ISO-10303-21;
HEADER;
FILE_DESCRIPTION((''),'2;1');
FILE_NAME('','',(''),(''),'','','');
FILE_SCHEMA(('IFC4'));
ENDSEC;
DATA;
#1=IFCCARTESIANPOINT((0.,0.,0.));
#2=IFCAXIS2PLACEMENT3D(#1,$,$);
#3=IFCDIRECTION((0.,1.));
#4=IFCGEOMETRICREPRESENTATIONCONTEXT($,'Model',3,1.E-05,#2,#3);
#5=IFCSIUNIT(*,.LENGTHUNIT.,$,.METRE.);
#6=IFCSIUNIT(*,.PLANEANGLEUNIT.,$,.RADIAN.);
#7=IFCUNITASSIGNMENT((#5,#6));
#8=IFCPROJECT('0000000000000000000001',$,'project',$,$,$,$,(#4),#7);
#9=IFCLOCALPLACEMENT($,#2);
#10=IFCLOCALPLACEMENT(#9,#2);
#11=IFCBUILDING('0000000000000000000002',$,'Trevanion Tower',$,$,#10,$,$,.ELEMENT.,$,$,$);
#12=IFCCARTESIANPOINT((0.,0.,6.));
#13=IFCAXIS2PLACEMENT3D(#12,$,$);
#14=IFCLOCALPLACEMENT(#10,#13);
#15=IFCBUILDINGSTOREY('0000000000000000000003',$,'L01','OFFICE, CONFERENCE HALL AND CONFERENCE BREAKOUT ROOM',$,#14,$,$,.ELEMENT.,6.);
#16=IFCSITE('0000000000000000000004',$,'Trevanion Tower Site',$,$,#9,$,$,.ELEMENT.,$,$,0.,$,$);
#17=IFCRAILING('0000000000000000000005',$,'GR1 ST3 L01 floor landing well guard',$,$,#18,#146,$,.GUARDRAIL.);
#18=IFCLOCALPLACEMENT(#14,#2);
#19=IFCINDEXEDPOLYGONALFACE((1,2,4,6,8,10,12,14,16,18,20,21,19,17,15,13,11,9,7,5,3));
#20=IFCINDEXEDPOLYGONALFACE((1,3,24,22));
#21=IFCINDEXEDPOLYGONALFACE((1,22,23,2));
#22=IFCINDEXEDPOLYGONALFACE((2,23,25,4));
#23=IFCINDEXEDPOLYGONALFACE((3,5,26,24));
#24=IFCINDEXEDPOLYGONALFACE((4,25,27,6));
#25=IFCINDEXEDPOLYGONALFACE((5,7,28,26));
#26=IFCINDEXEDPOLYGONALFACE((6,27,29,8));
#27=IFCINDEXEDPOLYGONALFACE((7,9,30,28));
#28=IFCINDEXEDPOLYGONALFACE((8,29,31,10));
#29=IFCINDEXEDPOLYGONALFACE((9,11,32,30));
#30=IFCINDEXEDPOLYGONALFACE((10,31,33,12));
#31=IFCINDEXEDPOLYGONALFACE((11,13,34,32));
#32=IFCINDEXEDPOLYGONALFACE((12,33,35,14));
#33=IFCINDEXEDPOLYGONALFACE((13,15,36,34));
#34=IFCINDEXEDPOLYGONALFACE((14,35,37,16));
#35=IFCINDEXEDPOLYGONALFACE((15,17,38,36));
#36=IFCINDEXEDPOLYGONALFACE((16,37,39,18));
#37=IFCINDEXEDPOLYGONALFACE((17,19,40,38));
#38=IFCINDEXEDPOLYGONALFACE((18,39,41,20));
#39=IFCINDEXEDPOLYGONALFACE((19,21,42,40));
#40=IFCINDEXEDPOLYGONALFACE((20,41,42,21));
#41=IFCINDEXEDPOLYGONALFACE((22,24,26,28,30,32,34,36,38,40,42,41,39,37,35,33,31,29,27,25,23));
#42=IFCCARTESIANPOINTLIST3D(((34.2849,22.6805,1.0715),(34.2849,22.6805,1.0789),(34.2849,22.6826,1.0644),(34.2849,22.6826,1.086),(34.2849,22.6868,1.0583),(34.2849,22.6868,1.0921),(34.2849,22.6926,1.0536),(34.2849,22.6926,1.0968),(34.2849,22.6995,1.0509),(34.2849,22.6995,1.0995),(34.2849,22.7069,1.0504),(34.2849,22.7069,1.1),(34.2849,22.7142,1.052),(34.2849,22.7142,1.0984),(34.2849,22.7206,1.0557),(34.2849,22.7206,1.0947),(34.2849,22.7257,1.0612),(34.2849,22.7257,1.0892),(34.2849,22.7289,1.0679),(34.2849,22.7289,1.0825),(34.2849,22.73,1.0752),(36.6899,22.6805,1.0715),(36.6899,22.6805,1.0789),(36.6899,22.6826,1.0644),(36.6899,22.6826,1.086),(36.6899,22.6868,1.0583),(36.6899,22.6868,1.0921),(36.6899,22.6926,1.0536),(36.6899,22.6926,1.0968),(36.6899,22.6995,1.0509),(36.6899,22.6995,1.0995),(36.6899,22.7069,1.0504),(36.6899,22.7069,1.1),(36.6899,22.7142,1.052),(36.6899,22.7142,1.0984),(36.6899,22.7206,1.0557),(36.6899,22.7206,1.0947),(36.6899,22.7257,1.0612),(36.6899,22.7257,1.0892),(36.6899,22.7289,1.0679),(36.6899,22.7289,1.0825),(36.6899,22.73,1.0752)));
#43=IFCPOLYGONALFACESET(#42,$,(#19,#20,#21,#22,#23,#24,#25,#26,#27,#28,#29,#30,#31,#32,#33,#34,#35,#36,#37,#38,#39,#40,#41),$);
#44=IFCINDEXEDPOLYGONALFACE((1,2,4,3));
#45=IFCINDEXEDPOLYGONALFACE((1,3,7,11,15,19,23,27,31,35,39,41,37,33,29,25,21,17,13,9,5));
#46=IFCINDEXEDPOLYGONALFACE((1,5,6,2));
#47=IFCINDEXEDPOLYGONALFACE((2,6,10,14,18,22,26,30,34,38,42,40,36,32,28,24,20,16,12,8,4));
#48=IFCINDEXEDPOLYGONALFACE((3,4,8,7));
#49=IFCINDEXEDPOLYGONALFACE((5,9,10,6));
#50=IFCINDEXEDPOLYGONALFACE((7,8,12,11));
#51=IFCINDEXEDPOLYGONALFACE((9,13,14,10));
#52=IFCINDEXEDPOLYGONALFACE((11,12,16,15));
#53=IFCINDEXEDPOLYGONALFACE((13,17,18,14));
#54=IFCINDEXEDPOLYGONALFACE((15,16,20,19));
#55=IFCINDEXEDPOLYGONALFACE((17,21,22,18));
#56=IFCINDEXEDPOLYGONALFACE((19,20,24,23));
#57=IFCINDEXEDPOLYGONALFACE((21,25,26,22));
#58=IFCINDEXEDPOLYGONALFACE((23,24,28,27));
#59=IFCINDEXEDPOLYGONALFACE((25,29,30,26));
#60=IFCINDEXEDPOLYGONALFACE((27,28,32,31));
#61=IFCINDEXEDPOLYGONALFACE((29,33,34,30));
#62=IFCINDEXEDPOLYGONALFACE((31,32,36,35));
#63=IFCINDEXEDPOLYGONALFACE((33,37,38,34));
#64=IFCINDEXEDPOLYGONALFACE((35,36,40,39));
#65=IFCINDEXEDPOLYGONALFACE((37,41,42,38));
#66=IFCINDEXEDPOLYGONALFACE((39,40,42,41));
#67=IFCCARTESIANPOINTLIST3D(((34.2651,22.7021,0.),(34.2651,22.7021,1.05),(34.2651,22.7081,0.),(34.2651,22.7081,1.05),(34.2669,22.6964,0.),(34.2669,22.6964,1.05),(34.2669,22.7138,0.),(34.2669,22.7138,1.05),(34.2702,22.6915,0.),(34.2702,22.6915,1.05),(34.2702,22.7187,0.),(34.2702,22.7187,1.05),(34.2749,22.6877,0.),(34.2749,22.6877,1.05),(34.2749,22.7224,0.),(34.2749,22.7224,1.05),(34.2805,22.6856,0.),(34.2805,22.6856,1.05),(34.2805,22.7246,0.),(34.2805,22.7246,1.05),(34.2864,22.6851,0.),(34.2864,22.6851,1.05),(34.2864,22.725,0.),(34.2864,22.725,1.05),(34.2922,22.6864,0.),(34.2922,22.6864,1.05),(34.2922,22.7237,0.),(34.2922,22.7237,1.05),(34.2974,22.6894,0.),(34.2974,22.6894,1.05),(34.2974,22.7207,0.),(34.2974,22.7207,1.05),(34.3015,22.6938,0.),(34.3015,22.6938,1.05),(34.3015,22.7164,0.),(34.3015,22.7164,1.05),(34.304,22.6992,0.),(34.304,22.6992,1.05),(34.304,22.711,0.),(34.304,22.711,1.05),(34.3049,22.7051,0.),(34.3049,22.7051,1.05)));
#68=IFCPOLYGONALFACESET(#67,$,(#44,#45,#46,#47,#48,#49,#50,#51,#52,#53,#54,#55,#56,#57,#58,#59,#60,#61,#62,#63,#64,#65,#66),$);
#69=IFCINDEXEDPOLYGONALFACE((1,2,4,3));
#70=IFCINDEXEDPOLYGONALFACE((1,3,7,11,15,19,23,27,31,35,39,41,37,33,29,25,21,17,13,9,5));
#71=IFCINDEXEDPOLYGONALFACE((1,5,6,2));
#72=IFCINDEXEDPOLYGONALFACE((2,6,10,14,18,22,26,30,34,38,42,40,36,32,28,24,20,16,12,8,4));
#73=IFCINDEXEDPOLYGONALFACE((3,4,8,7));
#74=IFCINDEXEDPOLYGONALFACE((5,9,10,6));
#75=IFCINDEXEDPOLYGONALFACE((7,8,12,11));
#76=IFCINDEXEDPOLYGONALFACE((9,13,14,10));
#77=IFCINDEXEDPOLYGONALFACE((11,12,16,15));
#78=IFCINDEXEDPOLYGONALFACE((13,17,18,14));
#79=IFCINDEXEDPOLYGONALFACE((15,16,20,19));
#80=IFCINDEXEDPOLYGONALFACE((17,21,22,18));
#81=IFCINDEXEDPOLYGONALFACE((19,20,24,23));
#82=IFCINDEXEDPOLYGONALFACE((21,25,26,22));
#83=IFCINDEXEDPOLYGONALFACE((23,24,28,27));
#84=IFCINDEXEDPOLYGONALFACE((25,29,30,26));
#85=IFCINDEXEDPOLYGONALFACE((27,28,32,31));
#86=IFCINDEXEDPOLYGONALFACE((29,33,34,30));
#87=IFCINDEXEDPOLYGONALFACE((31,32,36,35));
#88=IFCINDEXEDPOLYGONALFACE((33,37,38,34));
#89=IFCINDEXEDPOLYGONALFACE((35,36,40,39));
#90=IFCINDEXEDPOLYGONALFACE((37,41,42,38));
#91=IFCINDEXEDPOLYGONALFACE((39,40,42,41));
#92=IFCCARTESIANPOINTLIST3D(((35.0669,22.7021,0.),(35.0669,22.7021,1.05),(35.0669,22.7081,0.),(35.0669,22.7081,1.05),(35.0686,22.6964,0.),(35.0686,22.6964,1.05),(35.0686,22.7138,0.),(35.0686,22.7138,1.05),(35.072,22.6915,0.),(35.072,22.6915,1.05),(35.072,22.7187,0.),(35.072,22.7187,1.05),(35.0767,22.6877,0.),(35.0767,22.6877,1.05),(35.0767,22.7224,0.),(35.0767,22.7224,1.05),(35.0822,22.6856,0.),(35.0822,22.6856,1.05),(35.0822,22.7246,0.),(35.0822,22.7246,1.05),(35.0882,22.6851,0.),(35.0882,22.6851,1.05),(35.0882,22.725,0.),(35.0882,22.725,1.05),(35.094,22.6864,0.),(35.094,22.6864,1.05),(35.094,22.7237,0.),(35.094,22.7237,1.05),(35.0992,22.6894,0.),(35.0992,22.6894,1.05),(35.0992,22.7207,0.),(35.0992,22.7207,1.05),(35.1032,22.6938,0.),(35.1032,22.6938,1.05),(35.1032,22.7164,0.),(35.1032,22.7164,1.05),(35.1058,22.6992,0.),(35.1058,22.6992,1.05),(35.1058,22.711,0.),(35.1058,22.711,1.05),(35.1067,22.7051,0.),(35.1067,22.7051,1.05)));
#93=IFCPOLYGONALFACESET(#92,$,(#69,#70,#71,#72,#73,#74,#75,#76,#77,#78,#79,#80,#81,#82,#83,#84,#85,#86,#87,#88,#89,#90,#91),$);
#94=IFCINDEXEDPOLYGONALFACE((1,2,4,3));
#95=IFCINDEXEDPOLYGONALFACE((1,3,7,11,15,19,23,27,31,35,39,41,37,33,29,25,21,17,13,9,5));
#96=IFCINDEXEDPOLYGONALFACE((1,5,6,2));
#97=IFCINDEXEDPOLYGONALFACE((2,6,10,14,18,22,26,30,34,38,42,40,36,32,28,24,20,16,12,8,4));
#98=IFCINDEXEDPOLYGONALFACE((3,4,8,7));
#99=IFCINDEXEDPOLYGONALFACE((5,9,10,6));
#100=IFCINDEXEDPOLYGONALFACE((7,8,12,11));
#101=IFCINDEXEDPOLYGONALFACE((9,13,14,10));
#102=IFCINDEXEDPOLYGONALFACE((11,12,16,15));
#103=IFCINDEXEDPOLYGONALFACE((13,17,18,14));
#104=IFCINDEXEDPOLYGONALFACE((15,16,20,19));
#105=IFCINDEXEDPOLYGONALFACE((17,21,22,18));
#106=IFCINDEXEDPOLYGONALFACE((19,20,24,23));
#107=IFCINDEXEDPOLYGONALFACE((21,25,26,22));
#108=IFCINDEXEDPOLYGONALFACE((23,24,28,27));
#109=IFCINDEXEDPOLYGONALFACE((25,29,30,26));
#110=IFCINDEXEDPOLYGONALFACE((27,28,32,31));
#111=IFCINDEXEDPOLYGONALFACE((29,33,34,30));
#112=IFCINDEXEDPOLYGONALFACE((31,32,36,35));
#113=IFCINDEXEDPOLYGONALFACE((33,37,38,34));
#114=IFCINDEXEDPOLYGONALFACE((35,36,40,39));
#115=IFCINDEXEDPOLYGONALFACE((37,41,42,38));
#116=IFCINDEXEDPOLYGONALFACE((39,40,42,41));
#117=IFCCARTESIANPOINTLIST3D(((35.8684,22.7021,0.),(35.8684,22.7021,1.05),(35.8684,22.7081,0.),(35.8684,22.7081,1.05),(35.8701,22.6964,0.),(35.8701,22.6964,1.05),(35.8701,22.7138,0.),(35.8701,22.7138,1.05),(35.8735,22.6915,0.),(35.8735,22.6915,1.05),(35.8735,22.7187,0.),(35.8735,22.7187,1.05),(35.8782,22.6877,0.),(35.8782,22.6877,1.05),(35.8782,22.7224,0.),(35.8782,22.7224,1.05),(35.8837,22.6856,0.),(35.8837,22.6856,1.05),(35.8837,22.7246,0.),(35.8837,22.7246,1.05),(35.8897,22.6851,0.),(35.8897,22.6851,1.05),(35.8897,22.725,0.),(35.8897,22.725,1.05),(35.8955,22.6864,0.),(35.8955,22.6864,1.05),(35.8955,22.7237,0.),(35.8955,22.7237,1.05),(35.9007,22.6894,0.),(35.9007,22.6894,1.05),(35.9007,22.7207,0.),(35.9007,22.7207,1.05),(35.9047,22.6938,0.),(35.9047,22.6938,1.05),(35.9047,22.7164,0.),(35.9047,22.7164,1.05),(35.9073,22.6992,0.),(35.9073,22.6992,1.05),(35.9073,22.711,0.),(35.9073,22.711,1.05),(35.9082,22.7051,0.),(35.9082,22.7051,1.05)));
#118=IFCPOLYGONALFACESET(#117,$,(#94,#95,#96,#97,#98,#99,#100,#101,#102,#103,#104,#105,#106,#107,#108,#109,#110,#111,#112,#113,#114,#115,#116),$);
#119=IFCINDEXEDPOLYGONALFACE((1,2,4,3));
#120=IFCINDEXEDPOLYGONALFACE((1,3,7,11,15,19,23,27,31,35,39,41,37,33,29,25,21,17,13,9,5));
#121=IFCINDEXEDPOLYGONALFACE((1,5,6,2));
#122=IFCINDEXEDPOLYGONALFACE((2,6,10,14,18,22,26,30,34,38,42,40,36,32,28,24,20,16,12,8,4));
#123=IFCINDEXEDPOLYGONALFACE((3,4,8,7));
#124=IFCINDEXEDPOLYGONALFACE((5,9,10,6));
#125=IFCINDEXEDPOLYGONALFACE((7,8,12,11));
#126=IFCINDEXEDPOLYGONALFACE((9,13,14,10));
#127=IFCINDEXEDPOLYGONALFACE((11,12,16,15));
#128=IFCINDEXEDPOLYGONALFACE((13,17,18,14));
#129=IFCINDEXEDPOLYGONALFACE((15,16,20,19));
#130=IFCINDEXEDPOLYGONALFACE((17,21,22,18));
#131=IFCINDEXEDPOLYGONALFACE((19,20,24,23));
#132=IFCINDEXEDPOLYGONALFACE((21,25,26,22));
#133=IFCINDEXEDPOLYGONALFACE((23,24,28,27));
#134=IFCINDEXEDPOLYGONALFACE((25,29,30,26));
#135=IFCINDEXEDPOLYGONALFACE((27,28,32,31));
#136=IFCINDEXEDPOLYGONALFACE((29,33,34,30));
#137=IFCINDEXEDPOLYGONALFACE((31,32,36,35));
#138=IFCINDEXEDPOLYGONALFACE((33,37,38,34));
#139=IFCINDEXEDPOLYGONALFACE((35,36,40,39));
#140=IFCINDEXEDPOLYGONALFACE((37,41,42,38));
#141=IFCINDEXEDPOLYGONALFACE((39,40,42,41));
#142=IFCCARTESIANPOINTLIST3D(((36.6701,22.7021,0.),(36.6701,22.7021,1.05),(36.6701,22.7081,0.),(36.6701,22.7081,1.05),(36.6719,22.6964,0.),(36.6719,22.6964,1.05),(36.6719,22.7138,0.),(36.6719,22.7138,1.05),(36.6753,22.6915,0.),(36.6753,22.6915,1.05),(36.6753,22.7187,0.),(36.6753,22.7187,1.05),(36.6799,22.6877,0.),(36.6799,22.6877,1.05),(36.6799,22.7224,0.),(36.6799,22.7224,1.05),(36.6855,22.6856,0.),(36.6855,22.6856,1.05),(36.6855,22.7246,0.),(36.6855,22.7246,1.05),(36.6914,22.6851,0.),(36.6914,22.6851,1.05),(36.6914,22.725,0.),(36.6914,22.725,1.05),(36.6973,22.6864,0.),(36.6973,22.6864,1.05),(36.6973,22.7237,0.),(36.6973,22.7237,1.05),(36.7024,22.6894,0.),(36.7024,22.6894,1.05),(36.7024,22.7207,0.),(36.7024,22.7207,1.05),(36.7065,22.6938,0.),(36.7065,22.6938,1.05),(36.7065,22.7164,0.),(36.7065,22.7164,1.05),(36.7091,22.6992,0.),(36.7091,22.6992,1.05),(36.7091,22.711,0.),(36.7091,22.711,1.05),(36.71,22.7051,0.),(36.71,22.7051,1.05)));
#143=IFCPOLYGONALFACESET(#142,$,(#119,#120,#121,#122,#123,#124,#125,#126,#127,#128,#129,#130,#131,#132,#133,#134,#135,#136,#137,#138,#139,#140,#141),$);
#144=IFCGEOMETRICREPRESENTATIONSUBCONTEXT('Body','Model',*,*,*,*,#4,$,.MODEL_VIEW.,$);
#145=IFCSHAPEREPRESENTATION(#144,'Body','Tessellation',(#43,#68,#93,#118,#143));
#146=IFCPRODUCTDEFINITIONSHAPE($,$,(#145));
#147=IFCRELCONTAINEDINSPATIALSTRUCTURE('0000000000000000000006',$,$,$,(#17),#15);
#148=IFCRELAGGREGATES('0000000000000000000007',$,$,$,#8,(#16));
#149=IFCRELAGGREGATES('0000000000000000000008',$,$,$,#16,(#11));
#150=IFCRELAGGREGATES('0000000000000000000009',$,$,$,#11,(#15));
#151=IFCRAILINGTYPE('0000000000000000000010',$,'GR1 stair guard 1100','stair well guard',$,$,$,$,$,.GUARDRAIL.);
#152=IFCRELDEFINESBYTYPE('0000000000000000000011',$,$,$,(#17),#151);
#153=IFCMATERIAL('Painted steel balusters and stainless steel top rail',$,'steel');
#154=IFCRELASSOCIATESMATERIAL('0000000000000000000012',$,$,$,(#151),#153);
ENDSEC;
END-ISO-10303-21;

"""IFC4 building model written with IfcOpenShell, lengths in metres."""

from ifc_helpers import new_model, si_unit, direction, frame, origin, origin_2d, place, context, subcontext, project, spatial, circle, extrude, material, type_object, element, save


model = new_model("IFC4")

# Units and contexts
model_context = context("Model", 3, precision=1e-05, world=origin(), true_north=direction((0.0, 1.0)))
body_context = subcontext(model_context, "Body", "Model", "MODEL_VIEW")
ifc_project = project(units=[si_unit("LENGTHUNIT", "METRE"), si_unit("PLANEANGLEUNIT", "RADIAN")], contexts=[model_context])

# Site, building, storey
site_placement = place(None, origin())
site = spatial("IfcSite", under=ifc_project, at=site_placement, Name="Trevanion Tower Site", CompositionType="ELEMENT", RefElevation=0.0)
building_placement = place(site_placement, origin())
building = spatial("IfcBuilding", under=site, at=building_placement, Name="Trevanion Tower", CompositionType="ELEMENT")
storey_placement = place(building_placement, frame((0.0, 0.0, 6.0)))
storey = spatial("IfcBuildingStorey", under=building, at=storey_placement, Name="L01", Description="OFFICE, CONFERENCE HALL AND CONFERENCE BREAKOUT ROOM", CompositionType="ELEMENT", Elevation=6.0)

# Railing
ifc_material_1 = material(Name="Painted steel balusters and stainless steel top rail", Category="steel")
railing_type_1 = type_object("IfcRailingType", Name="GR1 stair guard 1100", Description="stair well guard", PredefinedType="GUARDRAIL", material=ifc_material_1)
for number, where, name in (
    (1, (34.2849, 22.7051, 0.0), "GR1 ST3 L01 floor landing well guard"),
):
    element("IfcRailing", number, at=place(storey_placement, frame(where)), inside=storey, type_object=railing_type_1, Name=name, PredefinedType="GUARDRAIL", context=body_context, shape_type="SweptSolid", body=[
        extrude(circle(Radius=0.0249, at=origin_2d()), frame((0.0, 0.0, 1.0752), z_axis=(1.0, 0.0, 0.0), x_axis=(0.0, 1.0, 0.0)), (0.0, 0.0, 1.0), 2.405),
        extrude(circle(Radius=0.02, at=origin_2d()), origin(), (0.0, 0.0, 1.0), 1.05),
        extrude(circle(Radius=0.02, at=origin_2d()), frame((0.8018, 0.0, 0.0)), (0.0, 0.0, 1.0), 1.05),
        extrude(circle(Radius=0.02, at=origin_2d()), frame((1.6033, 0.0, 0.0)), (0.0, 0.0, 1.0), 1.05),
        extrude(circle(Radius=0.02, at=origin_2d()), frame((2.405, 0.0, 0.0)), (0.0, 0.0, 1.0), 1.05),
    ])

save(model, "model.ifc")
